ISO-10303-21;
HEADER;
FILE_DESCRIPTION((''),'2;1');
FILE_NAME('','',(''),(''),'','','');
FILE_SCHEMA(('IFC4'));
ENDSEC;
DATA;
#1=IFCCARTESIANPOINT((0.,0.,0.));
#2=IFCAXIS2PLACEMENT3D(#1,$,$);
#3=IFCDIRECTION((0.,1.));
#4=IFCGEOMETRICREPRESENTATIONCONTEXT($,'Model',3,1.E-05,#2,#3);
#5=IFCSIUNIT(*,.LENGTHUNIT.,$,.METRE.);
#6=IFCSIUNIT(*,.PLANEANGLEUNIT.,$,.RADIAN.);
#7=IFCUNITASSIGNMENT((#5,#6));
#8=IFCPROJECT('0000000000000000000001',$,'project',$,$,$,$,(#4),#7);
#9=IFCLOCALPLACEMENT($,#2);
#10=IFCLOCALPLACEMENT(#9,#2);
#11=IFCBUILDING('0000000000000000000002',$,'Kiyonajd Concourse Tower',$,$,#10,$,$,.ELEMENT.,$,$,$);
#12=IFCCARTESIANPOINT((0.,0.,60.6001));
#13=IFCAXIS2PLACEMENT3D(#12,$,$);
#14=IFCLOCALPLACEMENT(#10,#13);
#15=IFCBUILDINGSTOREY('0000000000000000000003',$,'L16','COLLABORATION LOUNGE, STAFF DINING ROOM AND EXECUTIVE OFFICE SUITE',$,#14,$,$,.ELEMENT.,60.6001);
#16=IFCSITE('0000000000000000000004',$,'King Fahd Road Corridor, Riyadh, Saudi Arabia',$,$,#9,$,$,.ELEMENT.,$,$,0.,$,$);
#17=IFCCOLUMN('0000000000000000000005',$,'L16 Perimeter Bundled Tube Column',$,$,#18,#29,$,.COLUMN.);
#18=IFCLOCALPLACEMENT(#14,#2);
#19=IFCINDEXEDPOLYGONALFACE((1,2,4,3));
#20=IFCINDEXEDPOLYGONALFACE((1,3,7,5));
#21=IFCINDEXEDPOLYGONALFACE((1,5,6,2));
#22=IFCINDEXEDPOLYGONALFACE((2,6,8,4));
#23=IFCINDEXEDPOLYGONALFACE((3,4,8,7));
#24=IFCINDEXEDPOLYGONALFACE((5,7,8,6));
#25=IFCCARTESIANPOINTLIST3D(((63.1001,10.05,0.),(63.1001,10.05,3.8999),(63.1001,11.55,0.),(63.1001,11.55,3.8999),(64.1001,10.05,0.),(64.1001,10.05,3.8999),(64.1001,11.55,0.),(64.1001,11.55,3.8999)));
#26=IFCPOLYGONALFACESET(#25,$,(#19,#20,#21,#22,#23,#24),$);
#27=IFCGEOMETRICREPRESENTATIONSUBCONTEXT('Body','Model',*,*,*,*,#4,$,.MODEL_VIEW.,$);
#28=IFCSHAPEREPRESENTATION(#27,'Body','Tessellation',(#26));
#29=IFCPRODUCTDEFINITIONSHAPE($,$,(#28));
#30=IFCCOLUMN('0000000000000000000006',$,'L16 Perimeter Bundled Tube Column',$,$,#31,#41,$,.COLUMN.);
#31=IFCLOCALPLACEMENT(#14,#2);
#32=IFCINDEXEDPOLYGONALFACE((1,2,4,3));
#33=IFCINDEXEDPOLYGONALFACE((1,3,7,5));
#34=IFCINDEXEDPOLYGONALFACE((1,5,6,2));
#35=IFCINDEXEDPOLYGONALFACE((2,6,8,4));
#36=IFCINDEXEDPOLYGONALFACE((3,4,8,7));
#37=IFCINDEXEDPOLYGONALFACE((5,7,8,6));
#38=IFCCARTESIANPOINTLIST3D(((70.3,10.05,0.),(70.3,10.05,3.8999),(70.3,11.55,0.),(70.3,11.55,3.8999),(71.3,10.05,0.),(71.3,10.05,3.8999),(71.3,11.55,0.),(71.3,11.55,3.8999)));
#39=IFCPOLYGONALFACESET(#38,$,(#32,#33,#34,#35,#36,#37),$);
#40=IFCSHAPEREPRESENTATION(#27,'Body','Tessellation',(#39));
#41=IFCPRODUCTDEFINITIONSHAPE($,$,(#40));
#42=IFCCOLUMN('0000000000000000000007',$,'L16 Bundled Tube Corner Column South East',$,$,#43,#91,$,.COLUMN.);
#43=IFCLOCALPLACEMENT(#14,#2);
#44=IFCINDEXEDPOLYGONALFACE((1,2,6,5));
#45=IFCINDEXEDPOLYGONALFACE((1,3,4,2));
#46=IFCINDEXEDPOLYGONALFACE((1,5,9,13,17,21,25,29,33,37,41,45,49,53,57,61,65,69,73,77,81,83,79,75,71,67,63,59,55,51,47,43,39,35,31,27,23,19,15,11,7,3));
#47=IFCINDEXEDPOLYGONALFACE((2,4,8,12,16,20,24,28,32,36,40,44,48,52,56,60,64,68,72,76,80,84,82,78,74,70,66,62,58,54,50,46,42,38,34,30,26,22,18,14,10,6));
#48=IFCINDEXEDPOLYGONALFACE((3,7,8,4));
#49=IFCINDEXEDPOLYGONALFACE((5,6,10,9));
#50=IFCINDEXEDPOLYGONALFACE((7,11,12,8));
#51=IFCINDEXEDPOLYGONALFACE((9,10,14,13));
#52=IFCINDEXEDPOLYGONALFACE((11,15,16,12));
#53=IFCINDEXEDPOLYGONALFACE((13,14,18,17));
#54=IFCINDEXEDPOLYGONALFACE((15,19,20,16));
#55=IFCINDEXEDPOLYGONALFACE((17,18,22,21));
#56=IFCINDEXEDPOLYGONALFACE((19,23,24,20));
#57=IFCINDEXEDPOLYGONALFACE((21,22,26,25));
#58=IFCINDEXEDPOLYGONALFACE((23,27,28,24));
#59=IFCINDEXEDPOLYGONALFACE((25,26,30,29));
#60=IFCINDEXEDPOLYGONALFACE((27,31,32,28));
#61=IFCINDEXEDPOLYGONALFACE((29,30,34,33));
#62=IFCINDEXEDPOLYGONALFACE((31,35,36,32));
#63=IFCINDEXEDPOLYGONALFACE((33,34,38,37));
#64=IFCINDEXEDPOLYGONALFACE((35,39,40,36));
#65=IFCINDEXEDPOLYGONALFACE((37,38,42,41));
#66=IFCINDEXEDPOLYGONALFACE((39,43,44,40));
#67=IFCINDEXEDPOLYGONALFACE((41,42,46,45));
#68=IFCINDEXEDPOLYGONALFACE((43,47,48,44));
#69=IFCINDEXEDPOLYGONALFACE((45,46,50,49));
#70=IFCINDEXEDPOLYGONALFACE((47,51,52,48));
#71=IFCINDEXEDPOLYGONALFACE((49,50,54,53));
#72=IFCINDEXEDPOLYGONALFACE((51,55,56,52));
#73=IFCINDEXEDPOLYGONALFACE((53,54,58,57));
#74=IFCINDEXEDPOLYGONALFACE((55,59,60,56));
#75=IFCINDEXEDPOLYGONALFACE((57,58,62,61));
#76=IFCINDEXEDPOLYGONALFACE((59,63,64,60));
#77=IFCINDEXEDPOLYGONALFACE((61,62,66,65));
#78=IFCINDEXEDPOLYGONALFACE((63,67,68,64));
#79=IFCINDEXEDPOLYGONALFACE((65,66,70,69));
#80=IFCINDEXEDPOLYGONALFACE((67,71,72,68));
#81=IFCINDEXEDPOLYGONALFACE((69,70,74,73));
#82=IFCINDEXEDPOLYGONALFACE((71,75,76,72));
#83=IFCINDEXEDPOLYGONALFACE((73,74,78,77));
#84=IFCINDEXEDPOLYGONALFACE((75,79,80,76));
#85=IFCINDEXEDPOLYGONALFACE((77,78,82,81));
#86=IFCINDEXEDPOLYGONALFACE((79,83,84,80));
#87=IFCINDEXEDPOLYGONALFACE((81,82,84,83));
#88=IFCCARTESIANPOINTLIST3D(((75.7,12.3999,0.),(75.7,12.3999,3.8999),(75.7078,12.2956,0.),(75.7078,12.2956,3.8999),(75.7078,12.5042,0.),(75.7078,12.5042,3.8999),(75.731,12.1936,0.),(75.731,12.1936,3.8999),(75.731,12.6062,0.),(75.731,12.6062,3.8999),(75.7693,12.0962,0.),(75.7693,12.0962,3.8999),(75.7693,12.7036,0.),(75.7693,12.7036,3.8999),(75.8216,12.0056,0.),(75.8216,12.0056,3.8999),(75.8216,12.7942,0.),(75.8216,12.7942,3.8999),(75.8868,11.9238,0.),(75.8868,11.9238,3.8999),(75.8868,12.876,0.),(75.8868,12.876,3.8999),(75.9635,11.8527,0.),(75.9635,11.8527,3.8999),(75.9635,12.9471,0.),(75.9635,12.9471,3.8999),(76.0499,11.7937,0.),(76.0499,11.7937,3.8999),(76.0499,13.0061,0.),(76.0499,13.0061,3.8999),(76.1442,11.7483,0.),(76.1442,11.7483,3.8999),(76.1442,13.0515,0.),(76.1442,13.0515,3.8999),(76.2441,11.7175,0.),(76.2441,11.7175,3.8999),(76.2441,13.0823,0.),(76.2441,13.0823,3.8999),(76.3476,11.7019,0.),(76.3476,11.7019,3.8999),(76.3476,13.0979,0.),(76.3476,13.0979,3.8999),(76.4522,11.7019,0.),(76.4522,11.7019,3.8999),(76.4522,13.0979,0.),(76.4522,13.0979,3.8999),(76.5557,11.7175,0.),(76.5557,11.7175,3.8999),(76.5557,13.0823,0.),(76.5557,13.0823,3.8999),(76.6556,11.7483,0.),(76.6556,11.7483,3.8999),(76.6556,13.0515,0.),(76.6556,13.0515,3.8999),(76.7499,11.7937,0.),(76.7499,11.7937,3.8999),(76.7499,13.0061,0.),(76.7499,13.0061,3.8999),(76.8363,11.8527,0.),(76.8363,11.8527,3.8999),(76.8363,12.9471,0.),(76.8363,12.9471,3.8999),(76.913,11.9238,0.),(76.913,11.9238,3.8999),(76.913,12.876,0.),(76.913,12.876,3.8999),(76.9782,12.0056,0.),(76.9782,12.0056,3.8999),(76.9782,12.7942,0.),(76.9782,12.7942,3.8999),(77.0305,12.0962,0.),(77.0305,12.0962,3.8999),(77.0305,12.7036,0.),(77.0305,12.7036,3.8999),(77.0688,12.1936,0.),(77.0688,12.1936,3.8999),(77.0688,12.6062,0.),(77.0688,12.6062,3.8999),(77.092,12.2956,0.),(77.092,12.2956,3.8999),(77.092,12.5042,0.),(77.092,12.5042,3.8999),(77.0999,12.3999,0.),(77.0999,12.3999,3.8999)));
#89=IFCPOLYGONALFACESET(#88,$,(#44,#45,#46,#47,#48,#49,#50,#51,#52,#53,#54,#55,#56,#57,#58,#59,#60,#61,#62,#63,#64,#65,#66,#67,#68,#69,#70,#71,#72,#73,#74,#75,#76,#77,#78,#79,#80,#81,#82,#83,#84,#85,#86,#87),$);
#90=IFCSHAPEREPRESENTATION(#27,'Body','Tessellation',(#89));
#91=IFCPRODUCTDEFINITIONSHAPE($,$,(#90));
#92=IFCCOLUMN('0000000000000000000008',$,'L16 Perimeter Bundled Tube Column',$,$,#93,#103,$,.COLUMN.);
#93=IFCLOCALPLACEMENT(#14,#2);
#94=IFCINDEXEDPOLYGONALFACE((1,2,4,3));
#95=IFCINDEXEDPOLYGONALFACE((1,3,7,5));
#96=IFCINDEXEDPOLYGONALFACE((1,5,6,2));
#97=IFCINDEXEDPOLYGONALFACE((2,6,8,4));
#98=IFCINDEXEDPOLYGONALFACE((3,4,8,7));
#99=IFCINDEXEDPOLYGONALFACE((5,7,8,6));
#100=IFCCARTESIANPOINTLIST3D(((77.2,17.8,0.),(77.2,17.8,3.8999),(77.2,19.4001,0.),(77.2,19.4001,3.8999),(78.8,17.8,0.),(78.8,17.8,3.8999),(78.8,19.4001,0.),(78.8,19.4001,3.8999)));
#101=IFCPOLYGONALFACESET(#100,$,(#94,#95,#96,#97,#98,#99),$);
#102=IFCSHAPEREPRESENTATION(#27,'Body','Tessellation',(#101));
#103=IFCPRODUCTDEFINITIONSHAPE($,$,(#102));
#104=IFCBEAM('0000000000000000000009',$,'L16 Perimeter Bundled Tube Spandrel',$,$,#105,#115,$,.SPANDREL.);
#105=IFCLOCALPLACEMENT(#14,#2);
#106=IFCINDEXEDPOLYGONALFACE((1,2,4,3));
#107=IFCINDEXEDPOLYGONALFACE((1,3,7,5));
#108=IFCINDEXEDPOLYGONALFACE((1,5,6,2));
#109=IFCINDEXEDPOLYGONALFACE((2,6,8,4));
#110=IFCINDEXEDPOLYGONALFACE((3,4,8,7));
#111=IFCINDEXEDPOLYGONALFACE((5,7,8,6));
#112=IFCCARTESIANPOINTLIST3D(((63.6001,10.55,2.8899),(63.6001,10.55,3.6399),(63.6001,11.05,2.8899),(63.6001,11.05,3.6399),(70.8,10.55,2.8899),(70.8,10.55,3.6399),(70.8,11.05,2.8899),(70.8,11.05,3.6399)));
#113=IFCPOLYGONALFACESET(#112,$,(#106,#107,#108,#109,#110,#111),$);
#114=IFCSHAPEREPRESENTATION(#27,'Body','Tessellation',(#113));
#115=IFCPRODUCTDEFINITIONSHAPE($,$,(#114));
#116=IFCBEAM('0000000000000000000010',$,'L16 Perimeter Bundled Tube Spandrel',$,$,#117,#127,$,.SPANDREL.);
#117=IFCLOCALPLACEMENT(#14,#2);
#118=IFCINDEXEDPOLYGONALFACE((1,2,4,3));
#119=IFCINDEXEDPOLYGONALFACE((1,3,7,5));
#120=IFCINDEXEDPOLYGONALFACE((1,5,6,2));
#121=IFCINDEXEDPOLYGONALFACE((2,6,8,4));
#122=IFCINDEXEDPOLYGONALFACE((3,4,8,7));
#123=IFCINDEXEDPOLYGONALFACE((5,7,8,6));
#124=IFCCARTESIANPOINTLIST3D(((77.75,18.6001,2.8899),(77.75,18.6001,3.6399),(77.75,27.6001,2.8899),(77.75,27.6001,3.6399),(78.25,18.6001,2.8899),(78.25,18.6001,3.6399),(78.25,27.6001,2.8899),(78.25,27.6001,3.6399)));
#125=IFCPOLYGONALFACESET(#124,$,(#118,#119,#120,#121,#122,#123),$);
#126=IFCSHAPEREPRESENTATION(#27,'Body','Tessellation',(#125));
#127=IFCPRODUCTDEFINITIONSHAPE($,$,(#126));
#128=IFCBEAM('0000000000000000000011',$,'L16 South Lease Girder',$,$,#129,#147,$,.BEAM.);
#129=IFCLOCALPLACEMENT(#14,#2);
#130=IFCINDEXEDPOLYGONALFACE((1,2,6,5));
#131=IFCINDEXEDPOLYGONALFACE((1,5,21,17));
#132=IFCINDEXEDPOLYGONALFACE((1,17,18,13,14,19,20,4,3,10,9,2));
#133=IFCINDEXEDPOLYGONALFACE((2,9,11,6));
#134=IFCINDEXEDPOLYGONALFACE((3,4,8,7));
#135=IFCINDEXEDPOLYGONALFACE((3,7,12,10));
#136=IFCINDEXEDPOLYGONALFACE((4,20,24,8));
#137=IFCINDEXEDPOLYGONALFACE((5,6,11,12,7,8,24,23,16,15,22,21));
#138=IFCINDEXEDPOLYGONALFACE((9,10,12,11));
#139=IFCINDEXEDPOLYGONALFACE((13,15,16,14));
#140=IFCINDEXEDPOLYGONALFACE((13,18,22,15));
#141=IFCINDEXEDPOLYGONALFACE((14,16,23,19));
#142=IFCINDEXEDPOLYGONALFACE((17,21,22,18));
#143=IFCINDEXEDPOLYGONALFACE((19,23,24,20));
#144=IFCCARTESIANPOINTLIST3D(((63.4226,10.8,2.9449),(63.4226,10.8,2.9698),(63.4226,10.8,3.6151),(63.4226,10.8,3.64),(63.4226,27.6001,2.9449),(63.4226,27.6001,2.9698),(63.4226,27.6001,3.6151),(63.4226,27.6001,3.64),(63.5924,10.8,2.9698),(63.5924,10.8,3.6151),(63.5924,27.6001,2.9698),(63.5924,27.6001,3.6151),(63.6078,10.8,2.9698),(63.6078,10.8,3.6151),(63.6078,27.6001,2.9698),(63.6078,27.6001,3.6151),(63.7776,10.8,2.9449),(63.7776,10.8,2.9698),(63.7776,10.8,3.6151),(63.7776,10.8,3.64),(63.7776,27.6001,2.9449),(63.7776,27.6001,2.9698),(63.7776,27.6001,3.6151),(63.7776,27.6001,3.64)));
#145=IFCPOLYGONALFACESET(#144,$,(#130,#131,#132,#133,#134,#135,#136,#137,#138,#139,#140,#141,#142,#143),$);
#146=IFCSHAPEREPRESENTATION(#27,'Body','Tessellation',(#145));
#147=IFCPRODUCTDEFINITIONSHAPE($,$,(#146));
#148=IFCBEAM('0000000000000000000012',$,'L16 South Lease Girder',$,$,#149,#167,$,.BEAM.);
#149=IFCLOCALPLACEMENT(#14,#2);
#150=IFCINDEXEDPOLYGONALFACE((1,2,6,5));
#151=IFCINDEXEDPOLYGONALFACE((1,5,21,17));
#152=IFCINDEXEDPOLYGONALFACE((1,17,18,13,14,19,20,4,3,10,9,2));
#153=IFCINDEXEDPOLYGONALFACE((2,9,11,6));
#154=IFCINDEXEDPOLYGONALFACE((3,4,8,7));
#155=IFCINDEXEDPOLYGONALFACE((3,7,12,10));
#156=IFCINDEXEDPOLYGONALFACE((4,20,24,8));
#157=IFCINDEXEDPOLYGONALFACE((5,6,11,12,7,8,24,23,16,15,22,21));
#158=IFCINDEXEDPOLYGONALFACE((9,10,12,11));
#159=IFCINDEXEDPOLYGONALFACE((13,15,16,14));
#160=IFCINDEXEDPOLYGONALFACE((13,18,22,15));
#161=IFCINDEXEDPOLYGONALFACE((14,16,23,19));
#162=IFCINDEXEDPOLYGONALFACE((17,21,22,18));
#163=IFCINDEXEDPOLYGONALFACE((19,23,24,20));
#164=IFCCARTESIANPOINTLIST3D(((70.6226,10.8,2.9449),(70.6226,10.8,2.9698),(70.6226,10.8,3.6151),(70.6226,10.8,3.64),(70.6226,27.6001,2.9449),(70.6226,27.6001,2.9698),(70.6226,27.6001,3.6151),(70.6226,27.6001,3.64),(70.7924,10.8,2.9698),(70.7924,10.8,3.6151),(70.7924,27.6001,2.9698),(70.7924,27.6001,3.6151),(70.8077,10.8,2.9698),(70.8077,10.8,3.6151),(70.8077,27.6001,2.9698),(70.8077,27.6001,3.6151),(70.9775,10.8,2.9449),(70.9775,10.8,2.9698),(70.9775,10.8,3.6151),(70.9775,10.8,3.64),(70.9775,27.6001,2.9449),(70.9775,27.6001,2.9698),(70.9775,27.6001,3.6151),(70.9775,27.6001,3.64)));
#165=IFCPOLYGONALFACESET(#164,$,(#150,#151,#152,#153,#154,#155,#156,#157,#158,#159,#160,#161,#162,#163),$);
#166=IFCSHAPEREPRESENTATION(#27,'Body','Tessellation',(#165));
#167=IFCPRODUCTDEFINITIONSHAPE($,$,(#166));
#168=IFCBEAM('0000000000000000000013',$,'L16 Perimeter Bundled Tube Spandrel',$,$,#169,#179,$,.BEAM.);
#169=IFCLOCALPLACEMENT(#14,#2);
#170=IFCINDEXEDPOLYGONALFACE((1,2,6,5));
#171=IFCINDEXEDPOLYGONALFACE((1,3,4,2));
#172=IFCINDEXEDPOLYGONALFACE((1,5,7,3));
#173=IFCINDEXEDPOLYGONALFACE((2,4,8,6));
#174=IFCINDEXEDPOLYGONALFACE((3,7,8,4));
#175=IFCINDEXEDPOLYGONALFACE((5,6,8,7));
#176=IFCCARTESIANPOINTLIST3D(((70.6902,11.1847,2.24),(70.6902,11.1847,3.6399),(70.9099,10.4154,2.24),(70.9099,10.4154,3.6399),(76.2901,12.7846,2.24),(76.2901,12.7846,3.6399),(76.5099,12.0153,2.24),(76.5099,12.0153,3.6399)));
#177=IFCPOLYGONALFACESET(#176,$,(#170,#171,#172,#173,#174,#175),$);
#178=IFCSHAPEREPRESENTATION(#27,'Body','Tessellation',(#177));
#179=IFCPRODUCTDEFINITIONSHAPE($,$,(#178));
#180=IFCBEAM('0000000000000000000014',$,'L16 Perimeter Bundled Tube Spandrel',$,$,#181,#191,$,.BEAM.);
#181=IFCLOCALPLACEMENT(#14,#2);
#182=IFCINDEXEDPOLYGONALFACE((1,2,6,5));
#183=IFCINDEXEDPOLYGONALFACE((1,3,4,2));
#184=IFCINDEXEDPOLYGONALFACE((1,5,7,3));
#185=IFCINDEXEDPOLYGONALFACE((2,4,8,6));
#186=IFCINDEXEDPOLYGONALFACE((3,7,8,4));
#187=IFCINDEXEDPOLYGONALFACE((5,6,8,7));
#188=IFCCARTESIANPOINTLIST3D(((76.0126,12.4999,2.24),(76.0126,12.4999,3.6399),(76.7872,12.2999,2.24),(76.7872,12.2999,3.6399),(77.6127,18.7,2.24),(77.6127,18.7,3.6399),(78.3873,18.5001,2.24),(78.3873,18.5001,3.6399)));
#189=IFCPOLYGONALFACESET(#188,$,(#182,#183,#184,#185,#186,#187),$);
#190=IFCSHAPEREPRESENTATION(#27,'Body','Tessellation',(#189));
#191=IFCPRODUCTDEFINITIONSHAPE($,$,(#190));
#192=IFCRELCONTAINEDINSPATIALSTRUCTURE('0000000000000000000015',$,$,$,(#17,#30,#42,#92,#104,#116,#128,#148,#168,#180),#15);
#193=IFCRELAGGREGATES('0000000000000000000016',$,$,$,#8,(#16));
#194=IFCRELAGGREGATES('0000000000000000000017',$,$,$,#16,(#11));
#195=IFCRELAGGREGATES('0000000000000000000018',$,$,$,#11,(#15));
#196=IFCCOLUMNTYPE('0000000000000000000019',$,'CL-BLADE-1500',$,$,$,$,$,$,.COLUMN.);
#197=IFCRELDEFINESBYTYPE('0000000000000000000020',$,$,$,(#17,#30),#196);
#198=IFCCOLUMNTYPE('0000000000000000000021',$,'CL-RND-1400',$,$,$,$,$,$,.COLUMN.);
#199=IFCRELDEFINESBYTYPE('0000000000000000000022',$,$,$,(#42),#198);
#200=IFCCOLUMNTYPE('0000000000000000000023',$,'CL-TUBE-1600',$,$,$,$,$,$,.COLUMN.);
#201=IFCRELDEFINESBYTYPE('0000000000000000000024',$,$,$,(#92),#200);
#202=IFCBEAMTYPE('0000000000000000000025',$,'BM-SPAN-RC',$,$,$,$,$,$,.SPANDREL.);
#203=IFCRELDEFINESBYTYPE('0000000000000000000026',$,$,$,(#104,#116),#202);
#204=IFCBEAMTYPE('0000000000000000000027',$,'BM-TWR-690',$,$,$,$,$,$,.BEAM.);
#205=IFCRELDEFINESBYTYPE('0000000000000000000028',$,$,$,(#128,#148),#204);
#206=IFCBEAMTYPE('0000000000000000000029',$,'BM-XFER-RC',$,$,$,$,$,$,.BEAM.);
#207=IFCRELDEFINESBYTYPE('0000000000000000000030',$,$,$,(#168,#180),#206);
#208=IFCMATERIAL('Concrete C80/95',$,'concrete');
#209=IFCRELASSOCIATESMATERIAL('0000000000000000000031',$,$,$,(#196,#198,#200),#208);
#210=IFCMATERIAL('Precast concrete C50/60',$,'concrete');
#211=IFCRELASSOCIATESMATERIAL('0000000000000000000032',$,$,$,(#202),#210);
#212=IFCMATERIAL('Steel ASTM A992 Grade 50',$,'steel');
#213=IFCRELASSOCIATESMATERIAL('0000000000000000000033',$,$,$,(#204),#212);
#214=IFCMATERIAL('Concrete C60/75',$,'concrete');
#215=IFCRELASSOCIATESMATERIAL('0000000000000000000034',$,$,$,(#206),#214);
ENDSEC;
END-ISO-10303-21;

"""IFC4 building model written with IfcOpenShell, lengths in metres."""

from ifc_helpers import new_model, si_unit, direction, frame, origin, origin_2d, place, context, subcontext, project, spatial, rectangle, circle, i_section, extrude, material, material_profile, profile_set, type_object, element, save


model = new_model("IFC4")

# Units and contexts
model_context = context("Model", 3, precision=1e-05, world=origin(), true_north=direction((0.0, 1.0)))
body_context = subcontext(model_context, "Body", "Model", "MODEL_VIEW")
ifc_project = project(units=[si_unit("LENGTHUNIT", "METRE"), si_unit("PLANEANGLEUNIT", "RADIAN")], contexts=[model_context])

# Site, building, storey
site_placement = place(None, origin())
site = spatial("IfcSite", under=ifc_project, at=site_placement, Name="King Fahd Road Corridor, Riyadh, Saudi Arabia", CompositionType="ELEMENT", RefElevation=0.0)
building_placement = place(site_placement, origin())
building = spatial("IfcBuilding", under=site, at=building_placement, Name="Kiyonajd Concourse Tower", CompositionType="ELEMENT")
storey_placement = place(building_placement, frame((0.0, 0.0, 60.6001)))
storey = spatial("IfcBuildingStorey", under=building, at=storey_placement, Name="L16", Description="COLLABORATION LOUNGE, STAFF DINING ROOM AND EXECUTIVE OFFICE SUITE", CompositionType="ELEMENT", Elevation=60.6001)

# Columns
ifc_material_1 = material(Name="Concrete C80/95", Category="concrete")
ifc_material_profile_1 = material_profile(ifc_material_1, rectangle(XDim=1.0, YDim=1.5, at=origin_2d()), Name="RC-1500x1000")
ifc_profile_set_1 = profile_set([ifc_material_profile_1], Name="Concrete C80/95")
column_type_1 = type_object("IfcColumnType", Name="CL-BLADE-1500", PredefinedType="COLUMN", material=ifc_profile_set_1)
for number, where, z_axis, x_axis, name in (
    (1, (63.6001, 10.8, 0.0), (0.0, 0.0, 1.0), (1.0, 0.0, 0.0), "L16 Perimeter Bundled Tube Column"),
    (2, (70.8, 10.8, 0.0), (0.0, 0.0, 1.0), (1.0, 0.0, 0.0), "L16 Perimeter Bundled Tube Column"),
):
    element("IfcColumn", number, at=place(storey_placement, frame(where, z_axis=z_axis, x_axis=x_axis)), inside=storey, type_object=column_type_1, Name=name, PredefinedType="COLUMN", context=body_context, shape_type="SweptSolid", body=[
        extrude(rectangle(XDim=1.0, YDim=1.5, at=origin_2d()), origin(), (0.0, 0.0, 1.0), 3.8999),
    ])
ifc_material_profile_2 = material_profile(ifc_material_1, circle(Radius=0.7, at=origin_2d()), Name="RCC-D1400")
ifc_profile_set_2 = profile_set([ifc_material_profile_2], Name="Concrete C80/95")
column_type_2 = type_object("IfcColumnType", Name="CL-RND-1400", PredefinedType="COLUMN", material=ifc_profile_set_2)
column_1_placement = place(storey_placement, frame((76.3999, 12.3999, 0.0), z_axis=(0.0, 0.0, 1.0), x_axis=(1.0, 0.0, 0.0)))
element("IfcColumn", 3, at=column_1_placement, inside=storey, type_object=column_type_2, Name="L16 Bundled Tube Corner Column South East", PredefinedType="COLUMN", context=body_context, shape_type="SweptSolid", body=[
    extrude(circle(Radius=0.7, at=origin_2d()), origin(), (0.0, 0.0, 1.0), 3.8999),
])
ifc_material_profile_3 = material_profile(ifc_material_1, rectangle(XDim=1.6001, YDim=1.6001, at=origin_2d()), Name="RC-1600x1600")
ifc_profile_set_3 = profile_set([ifc_material_profile_3], Name="Concrete C80/95")
column_type_3 = type_object("IfcColumnType", Name="CL-TUBE-1600", PredefinedType="COLUMN", material=ifc_profile_set_3)
column_2_placement = place(storey_placement, frame((78.0, 18.6001, 0.0), z_axis=(0.0, 0.0, 1.0), x_axis=(1.0, 0.0, 0.0)))
element("IfcColumn", 4, at=column_2_placement, inside=storey, type_object=column_type_3, Name="L16 Perimeter Bundled Tube Column", PredefinedType="COLUMN", context=body_context, shape_type="SweptSolid", body=[
    extrude(rectangle(XDim=1.6001, YDim=1.6001, at=origin_2d()), origin(), (0.0, 0.0, 1.0), 3.8999),
])

# Beams
ifc_material_2 = material(Name="Precast concrete C50/60", Category="concrete")
ifc_material_profile_4 = material_profile(ifc_material_2, rectangle(XDim=0.5, YDim=0.75, at=origin_2d()), Name="RCBM-500x750")
ifc_profile_set_4 = profile_set([ifc_material_profile_4], Name="Precast concrete C50/60")
beam_type_1 = type_object("IfcBeamType", Name="BM-SPAN-RC", PredefinedType="SPANDREL", material=ifc_profile_set_4)
beam_1_placement = place(storey_placement, frame((63.6001, 10.8, 3.2649), z_axis=(1.0, 0.0, 0.0), x_axis=(0.0, 1.0, 0.0)))
element("IfcBeam", 5, at=beam_1_placement, inside=storey, type_object=beam_type_1, Name="L16 Perimeter Bundled Tube Spandrel", PredefinedType="SPANDREL", context=body_context, shape_type="SweptSolid", body=[
    extrude(rectangle(XDim=0.5, YDim=0.75, at=origin_2d()), origin(), (0.0, 0.0, 1.0), 7.2),
])
beam_2_placement = place(storey_placement, frame((78.0, 18.6001, 3.2649), z_axis=(0.0, 1.0, 0.0), x_axis=(-1.0, 0.0, 0.0)))
element("IfcBeam", 6, at=beam_2_placement, inside=storey, type_object=beam_type_1, Name="L16 Perimeter Bundled Tube Spandrel", PredefinedType="SPANDREL", context=body_context, shape_type="SweptSolid", body=[
    extrude(rectangle(XDim=0.5, YDim=0.75, at=origin_2d()), origin(), (0.0, 0.0, 1.0), 9.0),
])
ifc_material_3 = material(Name="Steel ASTM A992 Grade 50", Category="steel")
ifc_material_profile_5 = material_profile(ifc_material_3, i_section(OverallWidth=0.355, OverallDepth=0.6951, WebThickness=0.0154, FlangeThickness=0.0249, at=origin_2d()), Name="W690X217")
ifc_profile_set_5 = profile_set([ifc_material_profile_5], Name="Steel ASTM A992 Grade 50")
beam_type_2 = type_object("IfcBeamType", Name="BM-TWR-690", PredefinedType="BEAM", material=ifc_profile_set_5)
for number, where, z_axis, x_axis, name in (
    (7, (63.6001, 10.8, 3.2925), (0.0, 1.0, 0.0), (-1.0, 0.0, 0.0), "L16 South Lease Girder"),
    (8, (70.8, 10.8, 3.2925), (0.0, 1.0, 0.0), (-1.0, 0.0, 0.0), "L16 South Lease Girder"),
):
    element("IfcBeam", number, at=place(storey_placement, frame(where, z_axis=z_axis, x_axis=x_axis)), inside=storey, type_object=beam_type_2, Name=name, PredefinedType="BEAM", context=body_context, shape_type="SweptSolid", body=[
        extrude(i_section(OverallWidth=0.355, OverallDepth=0.6951, WebThickness=0.0154, FlangeThickness=0.0249, at=origin_2d()), origin(), (0.0, 0.0, 1.0), 16.8),
    ])
ifc_material_4 = material(Name="Concrete C60/75", Category="concrete")
ifc_material_profile_6 = material_profile(ifc_material_4, rectangle(XDim=0.8, YDim=1.3999, at=origin_2d()), Name="RCBM-800x1400")
ifc_profile_set_6 = profile_set([ifc_material_profile_6], Name="Concrete C60/75")
beam_type_3 = type_object("IfcBeamType", Name="BM-XFER-RC", PredefinedType="BEAM", material=ifc_profile_set_6)
beam_3_placement = place(storey_placement, frame((70.8, 10.8, 2.9399), z_axis=(0.961529, 0.274705, 0.0), x_axis=(-0.274705, 0.961529, 0.0)))
element("IfcBeam", 9, at=beam_3_placement, inside=storey, type_object=beam_type_3, Name="L16 Perimeter Bundled Tube Spandrel", PredefinedType="BEAM", context=body_context, shape_type="SweptSolid", body=[
    extrude(rectangle(XDim=0.8, YDim=1.3999, at=origin_2d()), origin(), (0.0, 0.0, 1.0), 5.824),
])
beam_4_placement = place(storey_placement, frame((76.3999, 12.3999, 2.9399), z_axis=(0.249885, 0.968276, 0.0), x_axis=(-0.968276, 0.249885, 0.0)))
element("IfcBeam", 10, at=beam_4_placement, inside=storey, type_object=beam_type_3, Name="L16 Perimeter Bundled Tube Spandrel", PredefinedType="BEAM", context=body_context, shape_type="SweptSolid", body=[
    extrude(rectangle(XDim=0.8, YDim=1.3999, at=origin_2d()), origin(), (0.0, 0.0, 1.0), 6.4033),
])

save(model, "model.ifc")
